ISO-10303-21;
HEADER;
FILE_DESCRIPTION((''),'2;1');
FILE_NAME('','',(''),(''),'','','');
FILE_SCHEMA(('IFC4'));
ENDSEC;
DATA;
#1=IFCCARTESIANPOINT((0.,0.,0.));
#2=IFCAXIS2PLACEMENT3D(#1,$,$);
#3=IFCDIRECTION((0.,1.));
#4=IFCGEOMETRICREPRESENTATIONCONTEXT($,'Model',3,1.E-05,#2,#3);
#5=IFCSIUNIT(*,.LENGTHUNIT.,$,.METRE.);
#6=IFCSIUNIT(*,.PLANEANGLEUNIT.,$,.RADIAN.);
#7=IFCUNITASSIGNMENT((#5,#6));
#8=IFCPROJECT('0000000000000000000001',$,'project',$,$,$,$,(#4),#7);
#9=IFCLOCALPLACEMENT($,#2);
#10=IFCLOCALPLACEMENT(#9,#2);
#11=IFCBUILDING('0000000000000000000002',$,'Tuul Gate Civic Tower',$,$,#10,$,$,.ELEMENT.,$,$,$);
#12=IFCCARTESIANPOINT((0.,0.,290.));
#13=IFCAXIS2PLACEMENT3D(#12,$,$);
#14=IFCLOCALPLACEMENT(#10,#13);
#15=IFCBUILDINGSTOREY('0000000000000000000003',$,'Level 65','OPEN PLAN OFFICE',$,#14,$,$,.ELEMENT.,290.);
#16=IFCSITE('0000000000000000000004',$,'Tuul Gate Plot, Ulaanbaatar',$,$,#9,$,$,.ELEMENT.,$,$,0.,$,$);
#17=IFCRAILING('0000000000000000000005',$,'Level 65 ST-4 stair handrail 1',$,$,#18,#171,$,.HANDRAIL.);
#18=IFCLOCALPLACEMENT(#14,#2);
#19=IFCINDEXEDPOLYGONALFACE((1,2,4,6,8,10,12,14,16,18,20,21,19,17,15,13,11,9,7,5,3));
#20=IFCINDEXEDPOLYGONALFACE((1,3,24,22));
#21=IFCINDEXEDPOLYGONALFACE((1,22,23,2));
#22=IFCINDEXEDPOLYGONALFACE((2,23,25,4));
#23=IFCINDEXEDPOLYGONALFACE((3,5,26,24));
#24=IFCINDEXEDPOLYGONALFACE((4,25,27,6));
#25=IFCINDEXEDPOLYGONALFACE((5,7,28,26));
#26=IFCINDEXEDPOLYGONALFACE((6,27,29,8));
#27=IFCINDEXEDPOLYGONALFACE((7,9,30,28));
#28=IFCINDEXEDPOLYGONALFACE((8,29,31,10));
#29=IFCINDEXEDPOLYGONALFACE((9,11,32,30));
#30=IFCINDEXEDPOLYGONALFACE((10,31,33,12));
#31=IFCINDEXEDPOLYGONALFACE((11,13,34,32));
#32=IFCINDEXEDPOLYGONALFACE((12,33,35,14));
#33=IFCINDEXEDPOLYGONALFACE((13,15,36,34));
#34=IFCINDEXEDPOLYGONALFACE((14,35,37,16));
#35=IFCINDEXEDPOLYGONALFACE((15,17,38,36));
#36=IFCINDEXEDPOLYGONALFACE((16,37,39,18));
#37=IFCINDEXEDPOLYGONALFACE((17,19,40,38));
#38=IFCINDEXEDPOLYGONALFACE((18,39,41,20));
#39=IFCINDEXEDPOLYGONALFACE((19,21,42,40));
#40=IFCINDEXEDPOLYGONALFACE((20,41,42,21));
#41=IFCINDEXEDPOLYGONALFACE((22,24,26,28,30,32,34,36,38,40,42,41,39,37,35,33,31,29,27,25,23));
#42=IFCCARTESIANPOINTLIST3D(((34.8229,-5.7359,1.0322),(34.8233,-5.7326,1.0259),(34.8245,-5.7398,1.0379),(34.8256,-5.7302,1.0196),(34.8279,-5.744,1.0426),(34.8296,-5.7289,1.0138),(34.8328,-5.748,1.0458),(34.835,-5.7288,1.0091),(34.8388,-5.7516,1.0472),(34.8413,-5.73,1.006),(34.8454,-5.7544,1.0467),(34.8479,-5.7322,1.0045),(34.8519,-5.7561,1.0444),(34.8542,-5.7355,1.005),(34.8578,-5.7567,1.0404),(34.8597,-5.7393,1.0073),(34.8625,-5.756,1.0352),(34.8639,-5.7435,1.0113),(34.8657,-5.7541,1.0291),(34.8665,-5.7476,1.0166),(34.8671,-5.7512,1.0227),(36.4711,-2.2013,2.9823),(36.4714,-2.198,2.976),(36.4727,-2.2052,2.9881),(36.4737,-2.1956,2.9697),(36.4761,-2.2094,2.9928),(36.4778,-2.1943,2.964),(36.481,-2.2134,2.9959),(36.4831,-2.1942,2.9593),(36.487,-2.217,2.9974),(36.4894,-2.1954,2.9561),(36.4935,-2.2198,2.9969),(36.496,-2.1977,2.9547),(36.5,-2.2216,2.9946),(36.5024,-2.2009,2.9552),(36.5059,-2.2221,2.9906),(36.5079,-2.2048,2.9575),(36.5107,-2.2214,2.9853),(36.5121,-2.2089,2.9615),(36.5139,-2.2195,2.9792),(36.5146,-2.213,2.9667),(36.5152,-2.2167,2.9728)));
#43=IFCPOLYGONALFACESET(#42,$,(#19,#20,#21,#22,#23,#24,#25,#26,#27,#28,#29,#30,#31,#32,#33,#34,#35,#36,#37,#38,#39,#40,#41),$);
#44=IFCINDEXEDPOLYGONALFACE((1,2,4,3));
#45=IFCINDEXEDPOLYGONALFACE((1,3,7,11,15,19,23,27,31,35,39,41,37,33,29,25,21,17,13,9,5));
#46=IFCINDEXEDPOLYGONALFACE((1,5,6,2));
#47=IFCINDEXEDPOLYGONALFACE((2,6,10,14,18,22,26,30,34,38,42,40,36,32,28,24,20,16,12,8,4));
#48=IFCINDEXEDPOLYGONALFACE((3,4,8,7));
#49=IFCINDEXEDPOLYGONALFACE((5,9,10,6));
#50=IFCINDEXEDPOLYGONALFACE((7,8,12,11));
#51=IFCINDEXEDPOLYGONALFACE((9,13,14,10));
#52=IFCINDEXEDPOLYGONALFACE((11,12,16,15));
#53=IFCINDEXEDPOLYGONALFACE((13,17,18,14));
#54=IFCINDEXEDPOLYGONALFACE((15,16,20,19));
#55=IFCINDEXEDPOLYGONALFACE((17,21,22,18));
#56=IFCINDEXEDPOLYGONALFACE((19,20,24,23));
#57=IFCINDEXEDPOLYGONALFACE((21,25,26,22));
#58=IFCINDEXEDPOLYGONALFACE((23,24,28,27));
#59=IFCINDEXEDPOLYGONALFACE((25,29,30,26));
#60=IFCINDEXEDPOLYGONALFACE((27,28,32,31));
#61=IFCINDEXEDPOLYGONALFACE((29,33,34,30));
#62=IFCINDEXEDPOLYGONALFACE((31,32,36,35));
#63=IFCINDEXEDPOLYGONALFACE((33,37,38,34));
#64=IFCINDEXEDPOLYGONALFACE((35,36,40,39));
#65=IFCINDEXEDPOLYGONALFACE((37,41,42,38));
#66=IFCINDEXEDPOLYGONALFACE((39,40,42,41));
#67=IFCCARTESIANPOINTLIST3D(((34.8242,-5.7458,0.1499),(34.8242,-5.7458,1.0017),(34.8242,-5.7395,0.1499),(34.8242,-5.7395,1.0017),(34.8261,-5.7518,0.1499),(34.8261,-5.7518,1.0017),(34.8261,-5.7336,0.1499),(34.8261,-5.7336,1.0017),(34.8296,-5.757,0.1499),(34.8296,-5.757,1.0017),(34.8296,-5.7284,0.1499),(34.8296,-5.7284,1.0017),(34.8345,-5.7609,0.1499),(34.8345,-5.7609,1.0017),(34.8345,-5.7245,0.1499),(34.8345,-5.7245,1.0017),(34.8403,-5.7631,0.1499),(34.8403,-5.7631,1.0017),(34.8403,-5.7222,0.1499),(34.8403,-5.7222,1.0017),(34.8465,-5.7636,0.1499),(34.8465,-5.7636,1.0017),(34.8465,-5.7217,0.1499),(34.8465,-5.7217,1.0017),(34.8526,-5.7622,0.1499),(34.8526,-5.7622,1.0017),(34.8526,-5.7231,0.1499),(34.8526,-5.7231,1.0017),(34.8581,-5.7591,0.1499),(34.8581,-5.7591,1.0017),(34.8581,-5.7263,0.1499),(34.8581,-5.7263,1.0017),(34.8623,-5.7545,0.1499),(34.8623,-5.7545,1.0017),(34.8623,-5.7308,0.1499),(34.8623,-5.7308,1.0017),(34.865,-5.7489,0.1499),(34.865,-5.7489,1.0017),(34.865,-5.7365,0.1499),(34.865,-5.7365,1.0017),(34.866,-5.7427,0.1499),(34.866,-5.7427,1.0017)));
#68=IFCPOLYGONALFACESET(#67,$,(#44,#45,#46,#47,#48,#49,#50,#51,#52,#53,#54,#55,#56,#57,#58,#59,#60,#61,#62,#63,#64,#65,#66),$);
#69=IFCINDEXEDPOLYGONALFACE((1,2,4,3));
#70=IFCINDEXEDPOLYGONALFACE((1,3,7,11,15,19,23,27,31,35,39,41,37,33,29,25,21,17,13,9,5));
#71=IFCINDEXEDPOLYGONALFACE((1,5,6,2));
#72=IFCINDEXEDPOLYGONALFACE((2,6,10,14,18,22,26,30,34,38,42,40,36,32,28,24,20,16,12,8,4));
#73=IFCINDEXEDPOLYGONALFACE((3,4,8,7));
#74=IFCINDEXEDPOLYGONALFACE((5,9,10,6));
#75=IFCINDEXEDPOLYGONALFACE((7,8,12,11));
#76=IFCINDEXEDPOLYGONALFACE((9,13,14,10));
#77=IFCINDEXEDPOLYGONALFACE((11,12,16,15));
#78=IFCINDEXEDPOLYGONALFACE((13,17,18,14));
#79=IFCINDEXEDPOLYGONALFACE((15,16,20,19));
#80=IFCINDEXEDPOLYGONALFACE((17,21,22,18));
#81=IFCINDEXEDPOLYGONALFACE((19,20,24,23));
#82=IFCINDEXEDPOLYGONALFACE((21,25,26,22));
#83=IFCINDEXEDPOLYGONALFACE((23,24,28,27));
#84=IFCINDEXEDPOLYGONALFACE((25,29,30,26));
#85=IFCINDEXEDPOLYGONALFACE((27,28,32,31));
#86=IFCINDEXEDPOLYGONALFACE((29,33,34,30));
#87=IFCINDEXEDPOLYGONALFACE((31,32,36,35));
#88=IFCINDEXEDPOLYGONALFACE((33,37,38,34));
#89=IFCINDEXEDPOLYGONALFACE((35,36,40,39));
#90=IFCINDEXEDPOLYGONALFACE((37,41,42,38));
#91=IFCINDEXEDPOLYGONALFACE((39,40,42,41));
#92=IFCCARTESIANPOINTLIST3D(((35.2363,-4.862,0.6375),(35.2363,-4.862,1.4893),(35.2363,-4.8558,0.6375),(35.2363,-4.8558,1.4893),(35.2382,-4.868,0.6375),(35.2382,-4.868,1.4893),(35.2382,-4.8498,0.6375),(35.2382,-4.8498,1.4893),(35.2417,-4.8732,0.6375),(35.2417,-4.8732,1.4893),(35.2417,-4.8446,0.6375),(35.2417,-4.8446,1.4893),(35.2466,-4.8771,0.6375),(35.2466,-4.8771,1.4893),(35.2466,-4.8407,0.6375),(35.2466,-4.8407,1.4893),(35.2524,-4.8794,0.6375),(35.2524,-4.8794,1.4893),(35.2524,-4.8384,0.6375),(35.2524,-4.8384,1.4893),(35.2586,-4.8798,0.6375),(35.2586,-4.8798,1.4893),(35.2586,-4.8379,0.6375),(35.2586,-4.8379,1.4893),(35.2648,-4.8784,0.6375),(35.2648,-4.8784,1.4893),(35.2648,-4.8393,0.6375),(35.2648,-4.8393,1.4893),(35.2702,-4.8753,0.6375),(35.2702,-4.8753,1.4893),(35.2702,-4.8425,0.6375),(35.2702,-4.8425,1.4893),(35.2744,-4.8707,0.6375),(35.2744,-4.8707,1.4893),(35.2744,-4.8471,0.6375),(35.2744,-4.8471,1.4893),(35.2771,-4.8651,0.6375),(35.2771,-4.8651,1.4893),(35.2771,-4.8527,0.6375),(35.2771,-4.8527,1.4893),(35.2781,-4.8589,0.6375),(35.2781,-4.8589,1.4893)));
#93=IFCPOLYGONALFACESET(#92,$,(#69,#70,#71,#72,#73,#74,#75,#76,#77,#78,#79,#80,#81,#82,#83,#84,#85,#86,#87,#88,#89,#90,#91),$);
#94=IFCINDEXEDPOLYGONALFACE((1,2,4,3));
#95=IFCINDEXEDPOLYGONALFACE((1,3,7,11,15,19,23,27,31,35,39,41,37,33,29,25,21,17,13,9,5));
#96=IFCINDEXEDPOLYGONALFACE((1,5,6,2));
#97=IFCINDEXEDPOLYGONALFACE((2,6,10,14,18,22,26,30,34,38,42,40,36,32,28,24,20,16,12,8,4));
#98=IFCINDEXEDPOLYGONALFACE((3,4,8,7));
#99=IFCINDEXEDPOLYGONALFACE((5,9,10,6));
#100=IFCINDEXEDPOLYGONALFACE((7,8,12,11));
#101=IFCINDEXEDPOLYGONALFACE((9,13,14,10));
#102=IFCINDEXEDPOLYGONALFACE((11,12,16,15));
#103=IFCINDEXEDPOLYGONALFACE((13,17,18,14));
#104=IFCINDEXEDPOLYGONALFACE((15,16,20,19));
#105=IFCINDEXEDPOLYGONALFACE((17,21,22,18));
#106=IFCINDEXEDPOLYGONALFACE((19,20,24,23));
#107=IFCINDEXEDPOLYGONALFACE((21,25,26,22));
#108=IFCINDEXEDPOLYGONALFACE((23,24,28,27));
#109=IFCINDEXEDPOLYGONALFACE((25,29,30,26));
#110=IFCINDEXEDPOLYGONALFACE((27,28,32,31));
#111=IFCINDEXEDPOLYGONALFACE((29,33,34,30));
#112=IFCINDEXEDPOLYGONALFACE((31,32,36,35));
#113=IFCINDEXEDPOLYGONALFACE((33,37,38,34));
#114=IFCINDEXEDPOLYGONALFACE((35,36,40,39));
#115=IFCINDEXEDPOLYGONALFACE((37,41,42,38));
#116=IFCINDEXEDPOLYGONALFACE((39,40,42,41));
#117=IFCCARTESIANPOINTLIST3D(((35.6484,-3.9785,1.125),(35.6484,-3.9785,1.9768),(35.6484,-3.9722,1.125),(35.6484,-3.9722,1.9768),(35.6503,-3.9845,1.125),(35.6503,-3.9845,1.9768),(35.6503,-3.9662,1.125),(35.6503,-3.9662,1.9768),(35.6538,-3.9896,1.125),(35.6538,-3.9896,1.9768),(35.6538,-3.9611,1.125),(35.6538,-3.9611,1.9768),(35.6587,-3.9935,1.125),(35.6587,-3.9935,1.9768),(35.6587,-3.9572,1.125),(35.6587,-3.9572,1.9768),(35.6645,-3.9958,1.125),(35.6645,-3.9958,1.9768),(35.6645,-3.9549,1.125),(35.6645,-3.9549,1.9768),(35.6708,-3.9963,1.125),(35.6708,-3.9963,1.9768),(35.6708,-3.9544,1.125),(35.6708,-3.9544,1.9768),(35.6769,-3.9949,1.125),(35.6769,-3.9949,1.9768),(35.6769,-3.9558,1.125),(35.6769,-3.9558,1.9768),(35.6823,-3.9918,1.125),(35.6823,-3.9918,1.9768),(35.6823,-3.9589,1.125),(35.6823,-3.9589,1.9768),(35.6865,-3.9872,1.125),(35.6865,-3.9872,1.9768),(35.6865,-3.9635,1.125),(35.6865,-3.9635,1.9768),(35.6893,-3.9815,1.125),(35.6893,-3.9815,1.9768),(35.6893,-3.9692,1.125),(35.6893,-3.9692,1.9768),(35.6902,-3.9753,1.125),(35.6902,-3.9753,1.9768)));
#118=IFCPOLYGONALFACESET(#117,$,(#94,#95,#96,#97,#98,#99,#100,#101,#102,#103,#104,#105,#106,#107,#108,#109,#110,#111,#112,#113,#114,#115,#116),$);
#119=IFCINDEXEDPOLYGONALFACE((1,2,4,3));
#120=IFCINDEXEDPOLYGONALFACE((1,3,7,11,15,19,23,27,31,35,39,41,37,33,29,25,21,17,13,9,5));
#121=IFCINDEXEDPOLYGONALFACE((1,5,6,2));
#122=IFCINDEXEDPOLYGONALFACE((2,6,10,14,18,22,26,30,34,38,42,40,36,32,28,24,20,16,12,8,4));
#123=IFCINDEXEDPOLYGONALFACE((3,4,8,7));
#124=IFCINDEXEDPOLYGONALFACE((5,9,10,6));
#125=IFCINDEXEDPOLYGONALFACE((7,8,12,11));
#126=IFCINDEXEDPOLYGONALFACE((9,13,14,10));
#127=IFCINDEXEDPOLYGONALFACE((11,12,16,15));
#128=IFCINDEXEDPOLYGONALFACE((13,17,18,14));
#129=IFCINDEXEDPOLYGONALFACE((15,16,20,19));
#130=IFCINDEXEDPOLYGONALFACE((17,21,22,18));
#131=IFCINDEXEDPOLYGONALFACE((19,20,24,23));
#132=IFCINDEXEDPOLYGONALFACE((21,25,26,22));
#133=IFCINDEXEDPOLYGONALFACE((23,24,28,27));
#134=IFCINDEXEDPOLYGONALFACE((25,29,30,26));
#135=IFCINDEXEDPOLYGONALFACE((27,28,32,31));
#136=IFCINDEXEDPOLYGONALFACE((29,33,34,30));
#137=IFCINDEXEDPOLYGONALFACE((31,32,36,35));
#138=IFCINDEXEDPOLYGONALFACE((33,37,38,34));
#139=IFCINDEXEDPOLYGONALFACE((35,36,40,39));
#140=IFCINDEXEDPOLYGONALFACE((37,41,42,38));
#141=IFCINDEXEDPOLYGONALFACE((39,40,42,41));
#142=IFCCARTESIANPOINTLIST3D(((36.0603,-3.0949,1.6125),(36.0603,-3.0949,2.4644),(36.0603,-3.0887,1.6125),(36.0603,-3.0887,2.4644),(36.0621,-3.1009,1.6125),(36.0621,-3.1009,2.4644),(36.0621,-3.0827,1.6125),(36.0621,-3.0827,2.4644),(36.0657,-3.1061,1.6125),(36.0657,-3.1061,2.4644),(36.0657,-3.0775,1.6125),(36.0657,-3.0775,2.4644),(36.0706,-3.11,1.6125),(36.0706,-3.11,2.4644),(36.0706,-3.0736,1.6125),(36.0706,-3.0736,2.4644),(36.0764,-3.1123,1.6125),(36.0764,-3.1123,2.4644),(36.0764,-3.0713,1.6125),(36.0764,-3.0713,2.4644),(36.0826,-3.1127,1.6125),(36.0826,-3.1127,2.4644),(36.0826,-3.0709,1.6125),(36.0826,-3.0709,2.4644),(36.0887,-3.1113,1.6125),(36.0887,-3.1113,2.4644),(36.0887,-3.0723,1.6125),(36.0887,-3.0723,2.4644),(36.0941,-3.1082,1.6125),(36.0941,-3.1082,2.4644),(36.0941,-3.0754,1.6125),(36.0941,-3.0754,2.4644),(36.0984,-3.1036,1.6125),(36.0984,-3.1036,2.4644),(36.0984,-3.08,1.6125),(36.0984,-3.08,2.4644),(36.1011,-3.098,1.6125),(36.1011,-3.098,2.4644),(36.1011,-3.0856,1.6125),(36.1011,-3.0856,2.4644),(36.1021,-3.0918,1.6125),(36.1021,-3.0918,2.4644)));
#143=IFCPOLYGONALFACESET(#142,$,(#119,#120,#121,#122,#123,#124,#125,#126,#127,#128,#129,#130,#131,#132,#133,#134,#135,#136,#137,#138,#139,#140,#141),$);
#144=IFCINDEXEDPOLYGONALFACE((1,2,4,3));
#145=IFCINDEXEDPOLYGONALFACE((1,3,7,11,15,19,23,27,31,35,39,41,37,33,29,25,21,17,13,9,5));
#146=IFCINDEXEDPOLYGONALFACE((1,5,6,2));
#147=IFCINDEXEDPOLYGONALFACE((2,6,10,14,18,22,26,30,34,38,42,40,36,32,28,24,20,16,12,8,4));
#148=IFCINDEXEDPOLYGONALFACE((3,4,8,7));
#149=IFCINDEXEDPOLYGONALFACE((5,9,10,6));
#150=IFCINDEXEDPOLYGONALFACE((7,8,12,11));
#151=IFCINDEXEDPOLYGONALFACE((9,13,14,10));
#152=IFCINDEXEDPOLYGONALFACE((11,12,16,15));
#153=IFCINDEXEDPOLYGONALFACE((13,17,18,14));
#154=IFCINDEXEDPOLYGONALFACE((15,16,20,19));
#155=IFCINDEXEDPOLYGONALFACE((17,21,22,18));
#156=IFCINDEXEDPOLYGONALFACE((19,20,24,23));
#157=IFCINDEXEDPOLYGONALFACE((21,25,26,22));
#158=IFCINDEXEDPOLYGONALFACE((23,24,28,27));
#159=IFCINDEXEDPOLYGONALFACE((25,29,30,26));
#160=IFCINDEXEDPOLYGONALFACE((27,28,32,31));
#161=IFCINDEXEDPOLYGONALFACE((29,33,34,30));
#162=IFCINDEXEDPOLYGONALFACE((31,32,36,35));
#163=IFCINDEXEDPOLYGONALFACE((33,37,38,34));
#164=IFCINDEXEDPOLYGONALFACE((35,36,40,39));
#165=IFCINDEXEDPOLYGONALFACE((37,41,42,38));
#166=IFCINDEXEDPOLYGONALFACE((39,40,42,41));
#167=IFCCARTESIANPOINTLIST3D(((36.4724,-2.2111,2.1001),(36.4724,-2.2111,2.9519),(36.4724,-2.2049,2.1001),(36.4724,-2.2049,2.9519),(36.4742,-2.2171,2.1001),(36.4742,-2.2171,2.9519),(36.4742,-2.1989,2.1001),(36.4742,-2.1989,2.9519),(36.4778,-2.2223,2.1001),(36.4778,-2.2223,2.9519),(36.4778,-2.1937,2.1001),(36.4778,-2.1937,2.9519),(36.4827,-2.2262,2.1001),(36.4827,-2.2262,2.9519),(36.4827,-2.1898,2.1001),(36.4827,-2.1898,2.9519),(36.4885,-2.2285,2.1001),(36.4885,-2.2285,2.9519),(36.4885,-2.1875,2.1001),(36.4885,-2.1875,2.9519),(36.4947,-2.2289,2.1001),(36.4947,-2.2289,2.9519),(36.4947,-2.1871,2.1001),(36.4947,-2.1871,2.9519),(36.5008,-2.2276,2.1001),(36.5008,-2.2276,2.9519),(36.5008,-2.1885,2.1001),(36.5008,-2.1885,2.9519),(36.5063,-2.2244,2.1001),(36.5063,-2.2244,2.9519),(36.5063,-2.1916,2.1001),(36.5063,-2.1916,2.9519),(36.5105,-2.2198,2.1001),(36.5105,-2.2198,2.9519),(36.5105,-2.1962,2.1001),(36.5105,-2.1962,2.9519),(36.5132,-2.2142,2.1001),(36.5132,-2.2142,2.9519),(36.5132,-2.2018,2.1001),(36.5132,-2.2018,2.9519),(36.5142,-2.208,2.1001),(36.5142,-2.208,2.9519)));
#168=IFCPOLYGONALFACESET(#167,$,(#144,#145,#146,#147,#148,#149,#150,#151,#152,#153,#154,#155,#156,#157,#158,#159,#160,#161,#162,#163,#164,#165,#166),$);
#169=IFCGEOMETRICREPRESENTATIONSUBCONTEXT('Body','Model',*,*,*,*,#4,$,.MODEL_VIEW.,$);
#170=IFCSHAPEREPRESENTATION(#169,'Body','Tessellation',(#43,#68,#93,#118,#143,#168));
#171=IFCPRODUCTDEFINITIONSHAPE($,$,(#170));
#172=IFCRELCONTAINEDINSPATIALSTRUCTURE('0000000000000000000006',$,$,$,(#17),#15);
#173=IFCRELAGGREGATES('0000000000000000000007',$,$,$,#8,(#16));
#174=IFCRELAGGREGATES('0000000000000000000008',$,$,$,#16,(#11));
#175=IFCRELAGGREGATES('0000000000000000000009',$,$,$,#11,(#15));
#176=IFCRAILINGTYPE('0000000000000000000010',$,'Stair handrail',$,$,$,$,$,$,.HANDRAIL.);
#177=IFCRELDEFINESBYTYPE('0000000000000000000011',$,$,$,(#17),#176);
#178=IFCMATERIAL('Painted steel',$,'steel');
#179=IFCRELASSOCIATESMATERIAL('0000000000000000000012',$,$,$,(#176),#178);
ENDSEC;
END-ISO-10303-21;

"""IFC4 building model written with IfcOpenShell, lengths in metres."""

from ifc_helpers import new_model, si_unit, direction, frame, origin, origin_2d, place, context, subcontext, project, spatial, circle, extrude, material, type_object, element, save


model = new_model("IFC4")

# Units and contexts
model_context = context("Model", 3, precision=1e-05, world=origin(), true_north=direction((0.0, 1.0)))
body_context = subcontext(model_context, "Body", "Model", "MODEL_VIEW")
ifc_project = project(units=[si_unit("LENGTHUNIT", "METRE"), si_unit("PLANEANGLEUNIT", "RADIAN")], contexts=[model_context])

# Site, building, storey
site_placement = place(None, origin())
site = spatial("IfcSite", under=ifc_project, at=site_placement, Name="Tuul Gate Plot, Ulaanbaatar", CompositionType="ELEMENT", RefElevation=0.0)
building_placement = place(site_placement, origin())
building = spatial("IfcBuilding", under=site, at=building_placement, Name="Tuul Gate Civic Tower", CompositionType="ELEMENT")
storey_placement = place(building_placement, frame((0.0, 0.0, 290.0)))
storey = spatial("IfcBuildingStorey", under=building, at=storey_placement, Name="Level 65", Description="OPEN PLAN OFFICE", CompositionType="ELEMENT", Elevation=290.0)

# Railing
ifc_material_1 = material(Name="Painted steel", Category="steel")
railing_type_1 = type_object("IfcRailingType", Name="Stair handrail", PredefinedType="HANDRAIL", material=ifc_material_1)
railing_1_placement = place(storey_placement, frame((34.845, -5.7427, 0.1499)))
element("IfcRailing", 1, at=railing_1_placement, inside=storey, type_object=railing_type_1, Name="Level 65 ST-4 stair handrail 1", PredefinedType="HANDRAIL", context=body_context, shape_type="SweptSolid", body=[
    extrude(circle(Radius=0.0239, at=origin_2d()), frame((0.0, 0.0, 0.876), z_axis=(0.377985, 0.810617, 0.447245), x_axis=(-0.906313, 0.422608, 0.0)), (0.0, 0.0, 1.0), 4.3604),
    extrude(circle(Radius=0.021, at=origin_2d()), origin(), (0.0, 0.0, 1.0), 0.8518),
    extrude(circle(Radius=0.021, at=origin_2d()), frame((0.4121, 0.8838, 0.4875)), (0.0, 0.0, 1.0), 0.8518),
    extrude(circle(Radius=0.021, at=origin_2d()), frame((0.8242, 1.7673, 0.9751)), (0.0, 0.0, 1.0), 0.8518),
    extrude(circle(Radius=0.021, at=origin_2d()), frame((1.2361, 2.6509, 1.4626)), (0.0, 0.0, 1.0), 0.8518),
    extrude(circle(Radius=0.021, at=origin_2d()), frame((1.6482, 3.5347, 1.9502)), (0.0, 0.0, 1.0), 0.8518),
])

save(model, "model.ifc")
